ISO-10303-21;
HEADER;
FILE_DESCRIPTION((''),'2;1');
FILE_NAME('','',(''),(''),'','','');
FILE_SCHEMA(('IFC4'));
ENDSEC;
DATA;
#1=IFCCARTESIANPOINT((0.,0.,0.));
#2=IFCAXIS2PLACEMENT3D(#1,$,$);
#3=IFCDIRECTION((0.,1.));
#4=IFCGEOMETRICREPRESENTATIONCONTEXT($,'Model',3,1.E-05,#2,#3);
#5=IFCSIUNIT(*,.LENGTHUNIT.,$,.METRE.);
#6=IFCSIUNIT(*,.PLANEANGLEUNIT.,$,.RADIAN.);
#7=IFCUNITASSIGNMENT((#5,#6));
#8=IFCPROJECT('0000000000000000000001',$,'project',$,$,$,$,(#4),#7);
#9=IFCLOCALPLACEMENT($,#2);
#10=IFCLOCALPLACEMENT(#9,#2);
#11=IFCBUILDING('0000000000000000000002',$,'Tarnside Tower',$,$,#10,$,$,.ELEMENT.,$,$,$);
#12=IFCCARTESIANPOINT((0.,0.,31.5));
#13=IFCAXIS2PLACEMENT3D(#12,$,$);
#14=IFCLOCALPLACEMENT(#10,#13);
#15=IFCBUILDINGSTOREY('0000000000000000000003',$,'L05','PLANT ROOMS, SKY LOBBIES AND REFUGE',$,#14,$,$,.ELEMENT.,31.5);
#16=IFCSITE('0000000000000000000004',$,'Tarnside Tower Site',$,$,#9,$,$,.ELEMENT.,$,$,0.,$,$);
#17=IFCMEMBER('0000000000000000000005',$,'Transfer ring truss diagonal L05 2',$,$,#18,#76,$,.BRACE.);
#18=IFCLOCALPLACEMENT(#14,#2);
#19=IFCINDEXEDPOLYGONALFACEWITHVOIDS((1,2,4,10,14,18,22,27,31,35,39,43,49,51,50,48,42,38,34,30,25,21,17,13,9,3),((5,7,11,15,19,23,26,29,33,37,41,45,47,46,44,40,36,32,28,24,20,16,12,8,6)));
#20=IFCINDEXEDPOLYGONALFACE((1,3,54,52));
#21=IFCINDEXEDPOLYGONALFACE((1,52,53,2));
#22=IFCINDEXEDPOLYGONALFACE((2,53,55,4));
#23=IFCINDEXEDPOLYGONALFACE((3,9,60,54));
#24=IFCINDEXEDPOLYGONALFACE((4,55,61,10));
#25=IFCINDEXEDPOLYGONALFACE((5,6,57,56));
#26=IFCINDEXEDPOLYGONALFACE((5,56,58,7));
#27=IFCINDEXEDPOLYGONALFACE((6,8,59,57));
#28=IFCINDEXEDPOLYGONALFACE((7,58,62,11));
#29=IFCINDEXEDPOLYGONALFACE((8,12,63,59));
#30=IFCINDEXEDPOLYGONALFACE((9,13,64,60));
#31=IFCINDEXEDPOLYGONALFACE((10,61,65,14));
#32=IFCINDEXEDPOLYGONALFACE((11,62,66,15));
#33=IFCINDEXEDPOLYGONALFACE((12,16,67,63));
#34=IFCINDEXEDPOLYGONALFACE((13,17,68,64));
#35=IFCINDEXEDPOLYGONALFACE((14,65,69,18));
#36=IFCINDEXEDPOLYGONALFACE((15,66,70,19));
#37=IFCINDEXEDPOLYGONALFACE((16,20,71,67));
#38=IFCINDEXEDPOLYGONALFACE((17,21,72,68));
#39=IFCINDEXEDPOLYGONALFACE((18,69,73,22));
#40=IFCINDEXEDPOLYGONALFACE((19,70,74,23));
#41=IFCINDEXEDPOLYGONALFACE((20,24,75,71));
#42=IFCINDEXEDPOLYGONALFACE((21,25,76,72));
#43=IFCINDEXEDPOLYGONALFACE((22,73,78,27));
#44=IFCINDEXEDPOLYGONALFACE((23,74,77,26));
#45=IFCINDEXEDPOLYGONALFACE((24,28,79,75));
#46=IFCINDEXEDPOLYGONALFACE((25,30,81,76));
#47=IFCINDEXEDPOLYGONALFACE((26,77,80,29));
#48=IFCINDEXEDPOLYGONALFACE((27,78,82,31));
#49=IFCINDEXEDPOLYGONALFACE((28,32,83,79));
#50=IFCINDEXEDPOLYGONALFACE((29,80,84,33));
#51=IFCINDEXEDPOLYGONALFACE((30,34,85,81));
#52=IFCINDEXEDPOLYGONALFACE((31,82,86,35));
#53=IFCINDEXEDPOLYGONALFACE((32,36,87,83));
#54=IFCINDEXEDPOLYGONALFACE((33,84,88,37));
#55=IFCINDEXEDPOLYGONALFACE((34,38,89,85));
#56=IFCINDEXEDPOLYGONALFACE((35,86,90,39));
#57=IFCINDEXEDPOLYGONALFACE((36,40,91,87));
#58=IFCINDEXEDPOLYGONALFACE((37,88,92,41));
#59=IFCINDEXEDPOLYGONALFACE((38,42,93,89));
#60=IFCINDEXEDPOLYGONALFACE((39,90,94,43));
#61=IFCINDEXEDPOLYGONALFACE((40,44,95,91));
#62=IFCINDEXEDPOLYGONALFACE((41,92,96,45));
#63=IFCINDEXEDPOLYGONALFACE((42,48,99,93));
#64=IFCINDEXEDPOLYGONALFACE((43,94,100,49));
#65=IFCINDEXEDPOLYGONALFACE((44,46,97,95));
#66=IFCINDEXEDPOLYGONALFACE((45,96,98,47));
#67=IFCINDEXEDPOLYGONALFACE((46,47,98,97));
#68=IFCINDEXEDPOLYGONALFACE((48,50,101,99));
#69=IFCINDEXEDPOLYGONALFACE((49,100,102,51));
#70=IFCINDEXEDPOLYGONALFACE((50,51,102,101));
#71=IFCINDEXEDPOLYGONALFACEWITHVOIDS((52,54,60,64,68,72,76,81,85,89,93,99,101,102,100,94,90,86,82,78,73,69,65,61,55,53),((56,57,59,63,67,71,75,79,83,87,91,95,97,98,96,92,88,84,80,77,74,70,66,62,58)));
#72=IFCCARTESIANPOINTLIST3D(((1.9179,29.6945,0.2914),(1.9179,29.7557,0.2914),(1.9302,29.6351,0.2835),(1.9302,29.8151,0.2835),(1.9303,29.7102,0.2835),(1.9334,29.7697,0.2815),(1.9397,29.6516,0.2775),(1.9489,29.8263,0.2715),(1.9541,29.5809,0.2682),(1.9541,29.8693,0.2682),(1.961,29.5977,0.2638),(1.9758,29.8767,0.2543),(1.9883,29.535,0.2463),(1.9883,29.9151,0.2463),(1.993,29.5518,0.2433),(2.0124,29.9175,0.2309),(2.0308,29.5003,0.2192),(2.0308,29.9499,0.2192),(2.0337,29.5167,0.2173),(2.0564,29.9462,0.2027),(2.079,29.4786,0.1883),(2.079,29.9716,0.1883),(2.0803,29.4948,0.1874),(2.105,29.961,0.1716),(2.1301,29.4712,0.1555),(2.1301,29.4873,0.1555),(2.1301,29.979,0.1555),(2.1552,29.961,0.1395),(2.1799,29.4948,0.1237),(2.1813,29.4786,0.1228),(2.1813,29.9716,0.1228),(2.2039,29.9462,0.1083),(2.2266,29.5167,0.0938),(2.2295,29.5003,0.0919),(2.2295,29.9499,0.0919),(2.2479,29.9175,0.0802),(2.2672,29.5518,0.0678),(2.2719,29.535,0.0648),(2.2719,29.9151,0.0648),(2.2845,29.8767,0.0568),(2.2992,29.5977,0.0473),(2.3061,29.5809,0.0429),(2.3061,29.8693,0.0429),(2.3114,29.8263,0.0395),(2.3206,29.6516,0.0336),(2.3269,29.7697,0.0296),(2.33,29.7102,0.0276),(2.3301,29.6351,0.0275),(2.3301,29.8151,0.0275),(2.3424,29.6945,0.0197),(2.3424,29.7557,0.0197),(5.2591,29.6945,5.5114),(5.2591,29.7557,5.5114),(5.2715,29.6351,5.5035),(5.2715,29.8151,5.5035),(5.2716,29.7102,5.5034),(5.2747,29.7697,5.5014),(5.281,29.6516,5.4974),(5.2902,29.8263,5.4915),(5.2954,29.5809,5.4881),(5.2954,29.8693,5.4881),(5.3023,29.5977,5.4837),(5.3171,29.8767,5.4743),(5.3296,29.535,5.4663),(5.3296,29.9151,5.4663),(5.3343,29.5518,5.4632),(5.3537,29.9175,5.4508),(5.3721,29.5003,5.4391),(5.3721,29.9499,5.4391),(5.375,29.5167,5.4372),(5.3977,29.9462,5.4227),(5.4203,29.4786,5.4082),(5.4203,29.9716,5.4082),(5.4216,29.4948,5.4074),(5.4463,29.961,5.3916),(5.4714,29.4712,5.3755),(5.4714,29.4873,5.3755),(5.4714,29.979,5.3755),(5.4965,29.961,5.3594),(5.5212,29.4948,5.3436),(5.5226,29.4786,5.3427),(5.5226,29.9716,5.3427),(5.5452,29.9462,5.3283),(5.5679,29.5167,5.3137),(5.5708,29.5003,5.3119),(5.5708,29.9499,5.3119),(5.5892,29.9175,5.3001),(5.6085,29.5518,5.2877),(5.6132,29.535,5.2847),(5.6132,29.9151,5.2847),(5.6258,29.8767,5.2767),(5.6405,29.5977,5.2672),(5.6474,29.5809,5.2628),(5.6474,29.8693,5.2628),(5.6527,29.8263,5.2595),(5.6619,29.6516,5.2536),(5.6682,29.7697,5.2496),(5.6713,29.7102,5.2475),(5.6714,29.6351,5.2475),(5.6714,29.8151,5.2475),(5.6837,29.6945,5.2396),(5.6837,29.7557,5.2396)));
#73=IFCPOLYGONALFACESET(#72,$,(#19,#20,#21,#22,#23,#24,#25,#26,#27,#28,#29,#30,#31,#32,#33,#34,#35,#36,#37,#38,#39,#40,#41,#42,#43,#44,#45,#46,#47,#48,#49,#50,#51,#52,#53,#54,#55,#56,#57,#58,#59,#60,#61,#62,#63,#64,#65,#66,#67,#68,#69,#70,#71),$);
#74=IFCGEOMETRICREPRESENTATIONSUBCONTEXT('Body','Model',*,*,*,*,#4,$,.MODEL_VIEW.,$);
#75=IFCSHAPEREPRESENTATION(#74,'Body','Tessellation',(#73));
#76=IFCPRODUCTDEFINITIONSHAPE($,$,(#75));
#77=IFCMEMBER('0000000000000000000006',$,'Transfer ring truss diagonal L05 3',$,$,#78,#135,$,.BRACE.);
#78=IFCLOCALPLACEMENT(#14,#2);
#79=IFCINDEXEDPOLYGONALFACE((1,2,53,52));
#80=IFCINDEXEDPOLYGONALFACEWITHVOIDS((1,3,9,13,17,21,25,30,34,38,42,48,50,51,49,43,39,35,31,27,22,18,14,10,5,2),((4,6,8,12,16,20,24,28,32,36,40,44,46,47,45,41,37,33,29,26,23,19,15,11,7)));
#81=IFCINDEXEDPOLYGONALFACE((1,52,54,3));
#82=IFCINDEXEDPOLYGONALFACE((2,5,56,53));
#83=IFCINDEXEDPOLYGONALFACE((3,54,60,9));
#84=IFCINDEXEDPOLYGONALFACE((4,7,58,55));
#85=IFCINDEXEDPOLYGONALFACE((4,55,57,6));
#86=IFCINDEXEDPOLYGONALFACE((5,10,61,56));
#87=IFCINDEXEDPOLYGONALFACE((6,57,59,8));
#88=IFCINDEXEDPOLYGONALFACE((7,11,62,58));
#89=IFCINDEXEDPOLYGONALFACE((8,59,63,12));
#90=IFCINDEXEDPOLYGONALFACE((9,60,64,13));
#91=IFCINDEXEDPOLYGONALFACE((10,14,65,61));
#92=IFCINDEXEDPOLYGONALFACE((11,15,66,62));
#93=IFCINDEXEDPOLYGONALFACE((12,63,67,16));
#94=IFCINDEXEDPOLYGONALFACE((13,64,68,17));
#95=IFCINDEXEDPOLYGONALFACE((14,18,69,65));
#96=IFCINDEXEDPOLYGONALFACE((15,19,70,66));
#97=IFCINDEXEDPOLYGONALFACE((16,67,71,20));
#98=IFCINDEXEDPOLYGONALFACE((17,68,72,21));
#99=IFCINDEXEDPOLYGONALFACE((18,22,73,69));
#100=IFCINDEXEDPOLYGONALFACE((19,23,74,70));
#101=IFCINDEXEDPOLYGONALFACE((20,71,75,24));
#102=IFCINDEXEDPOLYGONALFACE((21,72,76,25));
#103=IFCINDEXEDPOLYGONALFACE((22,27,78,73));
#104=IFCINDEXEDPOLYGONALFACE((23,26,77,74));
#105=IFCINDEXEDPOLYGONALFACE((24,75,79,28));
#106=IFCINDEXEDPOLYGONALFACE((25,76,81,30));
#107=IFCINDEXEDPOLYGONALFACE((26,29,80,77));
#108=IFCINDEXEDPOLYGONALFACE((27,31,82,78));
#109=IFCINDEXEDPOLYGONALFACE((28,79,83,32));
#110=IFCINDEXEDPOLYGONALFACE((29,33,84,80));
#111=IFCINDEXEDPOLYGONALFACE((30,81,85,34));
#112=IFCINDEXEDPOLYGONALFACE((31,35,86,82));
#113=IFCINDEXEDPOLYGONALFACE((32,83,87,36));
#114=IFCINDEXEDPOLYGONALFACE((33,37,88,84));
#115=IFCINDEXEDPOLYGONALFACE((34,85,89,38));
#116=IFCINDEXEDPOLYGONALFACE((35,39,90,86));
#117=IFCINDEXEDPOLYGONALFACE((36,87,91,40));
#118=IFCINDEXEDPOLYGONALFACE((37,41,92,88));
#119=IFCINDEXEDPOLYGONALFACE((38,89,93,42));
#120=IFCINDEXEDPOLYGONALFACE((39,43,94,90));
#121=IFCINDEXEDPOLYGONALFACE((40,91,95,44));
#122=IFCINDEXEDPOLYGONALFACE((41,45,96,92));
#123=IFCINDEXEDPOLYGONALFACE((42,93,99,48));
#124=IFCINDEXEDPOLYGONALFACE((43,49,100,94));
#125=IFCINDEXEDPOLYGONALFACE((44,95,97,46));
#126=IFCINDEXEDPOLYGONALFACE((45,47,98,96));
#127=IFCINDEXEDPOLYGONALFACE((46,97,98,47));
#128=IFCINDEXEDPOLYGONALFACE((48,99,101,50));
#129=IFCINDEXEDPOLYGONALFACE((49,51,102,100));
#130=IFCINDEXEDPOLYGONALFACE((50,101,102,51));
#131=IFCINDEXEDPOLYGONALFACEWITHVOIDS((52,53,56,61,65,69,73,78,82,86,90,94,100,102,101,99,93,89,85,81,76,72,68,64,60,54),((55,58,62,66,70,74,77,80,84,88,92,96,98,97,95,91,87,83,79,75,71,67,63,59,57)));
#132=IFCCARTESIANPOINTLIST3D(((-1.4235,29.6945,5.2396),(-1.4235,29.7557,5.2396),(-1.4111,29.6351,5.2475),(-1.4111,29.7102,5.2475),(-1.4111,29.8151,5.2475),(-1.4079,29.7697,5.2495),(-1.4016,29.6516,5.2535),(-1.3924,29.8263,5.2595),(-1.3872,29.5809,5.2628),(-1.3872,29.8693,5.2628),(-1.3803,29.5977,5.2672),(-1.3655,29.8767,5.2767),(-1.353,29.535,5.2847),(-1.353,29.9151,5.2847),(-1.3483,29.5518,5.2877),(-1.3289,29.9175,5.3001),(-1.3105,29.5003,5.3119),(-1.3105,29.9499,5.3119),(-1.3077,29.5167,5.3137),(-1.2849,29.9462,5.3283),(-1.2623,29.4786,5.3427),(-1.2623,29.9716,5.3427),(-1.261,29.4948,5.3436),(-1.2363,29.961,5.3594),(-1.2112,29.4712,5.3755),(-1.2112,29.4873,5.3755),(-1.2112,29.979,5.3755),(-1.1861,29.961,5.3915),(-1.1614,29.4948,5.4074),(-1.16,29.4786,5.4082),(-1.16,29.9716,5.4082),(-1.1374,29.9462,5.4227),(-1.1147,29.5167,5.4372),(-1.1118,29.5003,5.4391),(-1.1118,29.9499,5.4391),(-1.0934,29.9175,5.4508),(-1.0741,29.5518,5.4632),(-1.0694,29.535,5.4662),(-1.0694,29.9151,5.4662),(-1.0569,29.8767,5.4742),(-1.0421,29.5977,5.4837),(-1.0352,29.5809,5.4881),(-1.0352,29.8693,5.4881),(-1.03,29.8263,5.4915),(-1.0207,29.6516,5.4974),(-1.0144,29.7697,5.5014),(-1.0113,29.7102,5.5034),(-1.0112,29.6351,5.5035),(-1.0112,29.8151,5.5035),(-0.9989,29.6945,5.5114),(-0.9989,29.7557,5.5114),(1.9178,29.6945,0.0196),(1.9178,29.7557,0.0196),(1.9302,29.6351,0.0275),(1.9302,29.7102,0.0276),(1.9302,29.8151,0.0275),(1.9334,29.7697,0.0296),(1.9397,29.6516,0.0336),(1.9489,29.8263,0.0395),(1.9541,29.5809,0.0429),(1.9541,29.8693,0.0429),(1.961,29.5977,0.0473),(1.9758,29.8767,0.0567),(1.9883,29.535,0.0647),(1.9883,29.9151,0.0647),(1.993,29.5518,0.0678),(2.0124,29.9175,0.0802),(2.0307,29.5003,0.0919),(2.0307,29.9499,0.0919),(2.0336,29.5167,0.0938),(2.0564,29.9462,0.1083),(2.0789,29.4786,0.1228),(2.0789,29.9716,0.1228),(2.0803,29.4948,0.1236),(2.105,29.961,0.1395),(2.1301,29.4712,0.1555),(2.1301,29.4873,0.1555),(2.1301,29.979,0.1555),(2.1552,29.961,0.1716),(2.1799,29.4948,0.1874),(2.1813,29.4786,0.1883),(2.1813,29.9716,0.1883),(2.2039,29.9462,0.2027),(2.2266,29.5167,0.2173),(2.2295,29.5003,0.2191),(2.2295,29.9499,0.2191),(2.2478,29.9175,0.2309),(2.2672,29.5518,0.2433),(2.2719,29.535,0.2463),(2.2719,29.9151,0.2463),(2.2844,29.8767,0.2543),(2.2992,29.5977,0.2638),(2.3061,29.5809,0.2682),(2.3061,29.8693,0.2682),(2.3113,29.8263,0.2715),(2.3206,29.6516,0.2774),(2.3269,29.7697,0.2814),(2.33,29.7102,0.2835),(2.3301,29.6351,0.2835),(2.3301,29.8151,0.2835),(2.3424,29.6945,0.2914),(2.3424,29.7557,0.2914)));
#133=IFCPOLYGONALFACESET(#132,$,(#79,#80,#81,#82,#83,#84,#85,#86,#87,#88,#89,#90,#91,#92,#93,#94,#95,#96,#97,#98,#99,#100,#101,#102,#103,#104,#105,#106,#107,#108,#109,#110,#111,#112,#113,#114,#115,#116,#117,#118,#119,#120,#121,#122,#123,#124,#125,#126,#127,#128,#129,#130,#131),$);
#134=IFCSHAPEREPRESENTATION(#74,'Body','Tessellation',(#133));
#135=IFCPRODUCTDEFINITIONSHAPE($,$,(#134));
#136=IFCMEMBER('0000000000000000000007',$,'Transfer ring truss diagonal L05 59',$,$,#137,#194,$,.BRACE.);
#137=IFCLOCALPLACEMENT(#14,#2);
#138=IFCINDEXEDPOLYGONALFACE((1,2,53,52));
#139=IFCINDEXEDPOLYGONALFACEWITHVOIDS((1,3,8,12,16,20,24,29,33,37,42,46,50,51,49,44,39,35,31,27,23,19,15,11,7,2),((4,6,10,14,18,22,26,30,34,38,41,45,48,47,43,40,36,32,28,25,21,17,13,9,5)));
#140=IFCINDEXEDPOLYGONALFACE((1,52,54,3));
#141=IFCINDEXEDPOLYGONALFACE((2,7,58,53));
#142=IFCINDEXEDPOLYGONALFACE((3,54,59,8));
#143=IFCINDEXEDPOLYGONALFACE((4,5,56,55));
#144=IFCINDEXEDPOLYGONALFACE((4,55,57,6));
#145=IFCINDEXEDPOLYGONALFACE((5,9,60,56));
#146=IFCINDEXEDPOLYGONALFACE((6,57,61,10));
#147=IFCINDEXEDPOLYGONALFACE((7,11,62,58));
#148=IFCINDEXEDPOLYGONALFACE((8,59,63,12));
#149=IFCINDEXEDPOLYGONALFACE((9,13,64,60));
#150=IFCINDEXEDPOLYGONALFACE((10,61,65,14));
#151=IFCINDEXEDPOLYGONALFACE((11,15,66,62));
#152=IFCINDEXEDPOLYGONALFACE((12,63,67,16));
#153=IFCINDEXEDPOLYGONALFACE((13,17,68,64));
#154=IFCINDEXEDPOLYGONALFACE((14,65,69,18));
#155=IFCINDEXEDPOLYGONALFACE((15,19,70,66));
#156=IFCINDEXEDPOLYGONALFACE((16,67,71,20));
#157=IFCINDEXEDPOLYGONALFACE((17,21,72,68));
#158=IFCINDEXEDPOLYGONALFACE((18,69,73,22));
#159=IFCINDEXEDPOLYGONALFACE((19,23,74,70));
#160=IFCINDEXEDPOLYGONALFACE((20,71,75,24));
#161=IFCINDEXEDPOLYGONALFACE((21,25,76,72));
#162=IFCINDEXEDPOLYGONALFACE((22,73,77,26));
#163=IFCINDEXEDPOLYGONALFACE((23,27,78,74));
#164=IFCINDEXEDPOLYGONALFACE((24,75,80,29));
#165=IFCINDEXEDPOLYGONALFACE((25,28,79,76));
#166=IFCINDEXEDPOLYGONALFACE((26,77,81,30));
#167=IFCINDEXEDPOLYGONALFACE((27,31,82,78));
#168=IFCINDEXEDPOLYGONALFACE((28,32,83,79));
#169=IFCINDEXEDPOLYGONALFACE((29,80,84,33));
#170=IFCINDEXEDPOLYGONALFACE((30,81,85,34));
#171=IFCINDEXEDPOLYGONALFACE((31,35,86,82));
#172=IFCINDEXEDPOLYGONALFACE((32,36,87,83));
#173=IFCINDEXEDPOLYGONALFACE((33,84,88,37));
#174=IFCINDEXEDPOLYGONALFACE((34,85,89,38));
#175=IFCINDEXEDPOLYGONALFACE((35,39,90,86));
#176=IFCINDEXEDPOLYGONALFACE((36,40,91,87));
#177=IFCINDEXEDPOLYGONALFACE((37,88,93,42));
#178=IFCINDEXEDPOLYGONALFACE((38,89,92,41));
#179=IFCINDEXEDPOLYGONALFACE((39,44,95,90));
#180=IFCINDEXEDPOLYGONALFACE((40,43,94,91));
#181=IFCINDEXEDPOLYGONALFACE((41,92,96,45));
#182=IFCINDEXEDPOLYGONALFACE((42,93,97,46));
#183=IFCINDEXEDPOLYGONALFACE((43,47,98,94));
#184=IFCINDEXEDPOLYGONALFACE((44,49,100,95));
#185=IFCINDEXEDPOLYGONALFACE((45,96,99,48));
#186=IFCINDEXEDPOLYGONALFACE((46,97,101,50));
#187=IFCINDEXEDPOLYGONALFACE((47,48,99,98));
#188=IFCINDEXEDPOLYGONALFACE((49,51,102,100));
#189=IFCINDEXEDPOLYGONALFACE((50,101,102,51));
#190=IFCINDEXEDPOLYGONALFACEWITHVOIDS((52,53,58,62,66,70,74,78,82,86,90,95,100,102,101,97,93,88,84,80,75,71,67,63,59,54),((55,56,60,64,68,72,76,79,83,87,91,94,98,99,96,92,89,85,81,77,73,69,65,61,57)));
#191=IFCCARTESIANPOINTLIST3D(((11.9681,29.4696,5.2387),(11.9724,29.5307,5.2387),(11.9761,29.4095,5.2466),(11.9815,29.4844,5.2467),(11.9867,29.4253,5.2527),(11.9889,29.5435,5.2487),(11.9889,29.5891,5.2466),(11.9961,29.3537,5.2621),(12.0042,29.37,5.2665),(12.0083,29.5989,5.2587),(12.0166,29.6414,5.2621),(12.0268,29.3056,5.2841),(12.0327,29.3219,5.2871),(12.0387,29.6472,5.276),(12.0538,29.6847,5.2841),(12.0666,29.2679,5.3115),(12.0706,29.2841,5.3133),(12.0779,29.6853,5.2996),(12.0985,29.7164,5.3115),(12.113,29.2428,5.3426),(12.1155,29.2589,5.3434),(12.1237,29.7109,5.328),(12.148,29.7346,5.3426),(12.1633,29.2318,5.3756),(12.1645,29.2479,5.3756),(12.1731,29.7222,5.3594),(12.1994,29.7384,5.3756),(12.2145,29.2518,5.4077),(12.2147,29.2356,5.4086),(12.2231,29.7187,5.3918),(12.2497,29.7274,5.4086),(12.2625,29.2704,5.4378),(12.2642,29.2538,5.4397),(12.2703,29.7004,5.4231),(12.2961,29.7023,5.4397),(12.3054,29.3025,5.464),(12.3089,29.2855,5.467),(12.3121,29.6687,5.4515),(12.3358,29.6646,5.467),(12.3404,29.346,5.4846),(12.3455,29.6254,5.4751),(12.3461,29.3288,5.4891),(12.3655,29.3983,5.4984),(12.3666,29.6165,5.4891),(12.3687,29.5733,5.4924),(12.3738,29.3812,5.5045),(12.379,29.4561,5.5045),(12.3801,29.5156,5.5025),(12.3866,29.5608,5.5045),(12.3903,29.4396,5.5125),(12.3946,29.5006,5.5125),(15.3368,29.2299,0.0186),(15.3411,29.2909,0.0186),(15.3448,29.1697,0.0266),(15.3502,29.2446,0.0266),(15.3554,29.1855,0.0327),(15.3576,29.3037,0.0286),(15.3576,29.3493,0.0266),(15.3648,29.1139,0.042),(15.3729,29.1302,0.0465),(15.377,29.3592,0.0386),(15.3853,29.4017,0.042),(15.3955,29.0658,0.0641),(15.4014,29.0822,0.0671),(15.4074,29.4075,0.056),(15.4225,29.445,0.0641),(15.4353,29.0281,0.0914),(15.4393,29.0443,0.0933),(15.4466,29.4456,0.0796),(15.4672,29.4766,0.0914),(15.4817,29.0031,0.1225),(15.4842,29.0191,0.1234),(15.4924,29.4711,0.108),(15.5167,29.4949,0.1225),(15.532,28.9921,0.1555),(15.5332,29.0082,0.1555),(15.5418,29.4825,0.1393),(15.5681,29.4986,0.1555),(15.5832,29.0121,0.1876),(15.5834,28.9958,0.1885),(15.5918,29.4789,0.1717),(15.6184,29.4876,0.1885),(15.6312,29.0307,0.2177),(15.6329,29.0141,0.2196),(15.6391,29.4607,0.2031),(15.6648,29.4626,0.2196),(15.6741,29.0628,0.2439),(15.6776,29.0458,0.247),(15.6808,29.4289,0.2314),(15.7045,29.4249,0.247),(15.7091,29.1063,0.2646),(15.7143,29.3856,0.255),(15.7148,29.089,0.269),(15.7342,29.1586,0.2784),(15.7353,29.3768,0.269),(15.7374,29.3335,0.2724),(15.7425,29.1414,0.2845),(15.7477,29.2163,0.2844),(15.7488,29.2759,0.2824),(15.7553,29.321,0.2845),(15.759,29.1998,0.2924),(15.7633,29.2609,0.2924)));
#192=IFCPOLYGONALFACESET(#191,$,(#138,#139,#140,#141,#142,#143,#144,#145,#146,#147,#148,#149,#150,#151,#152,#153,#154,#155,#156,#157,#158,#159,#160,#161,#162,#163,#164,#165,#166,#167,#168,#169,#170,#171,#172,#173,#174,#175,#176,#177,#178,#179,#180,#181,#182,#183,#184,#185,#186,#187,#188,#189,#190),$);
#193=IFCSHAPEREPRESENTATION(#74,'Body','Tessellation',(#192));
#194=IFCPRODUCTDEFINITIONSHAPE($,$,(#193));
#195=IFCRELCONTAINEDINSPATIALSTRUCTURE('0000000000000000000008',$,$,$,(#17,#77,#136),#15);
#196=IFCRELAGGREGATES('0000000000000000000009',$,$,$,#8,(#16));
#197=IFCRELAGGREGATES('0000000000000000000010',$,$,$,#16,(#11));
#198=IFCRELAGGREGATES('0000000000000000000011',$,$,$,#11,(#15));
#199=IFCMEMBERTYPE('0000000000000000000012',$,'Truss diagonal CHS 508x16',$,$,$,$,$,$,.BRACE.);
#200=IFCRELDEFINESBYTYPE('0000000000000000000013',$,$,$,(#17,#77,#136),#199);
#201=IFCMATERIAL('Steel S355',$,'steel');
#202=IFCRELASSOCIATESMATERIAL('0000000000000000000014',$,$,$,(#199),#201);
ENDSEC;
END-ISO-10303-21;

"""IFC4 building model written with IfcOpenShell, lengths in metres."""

from ifc_helpers import new_model, si_unit, direction, frame, origin, origin_2d, place, context, subcontext, project, spatial, hollow_circle, extrude, material, material_profile, profile_set, type_object, element, save


model = new_model("IFC4")

# Units and contexts
model_context = context("Model", 3, precision=1e-05, world=origin(), true_north=direction((0.0, 1.0)))
body_context = subcontext(model_context, "Body", "Model", "MODEL_VIEW")
ifc_project = project(units=[si_unit("LENGTHUNIT", "METRE"), si_unit("PLANEANGLEUNIT", "RADIAN")], contexts=[model_context])

# Site, building, storey
site_placement = place(None, origin())
site = spatial("IfcSite", under=ifc_project, at=site_placement, Name="Tarnside Tower Site", CompositionType="ELEMENT", RefElevation=0.0)
building_placement = place(site_placement, origin())
building = spatial("IfcBuilding", under=site, at=building_placement, Name="Tarnside Tower", CompositionType="ELEMENT")
storey_placement = place(building_placement, frame((0.0, 0.0, 31.5)))
storey = spatial("IfcBuildingStorey", under=building, at=storey_placement, Name="L05", Description="PLANT ROOMS, SKY LOBBIES AND REFUGE", CompositionType="ELEMENT", Elevation=31.5)

# Shared definitions
ifc_material_1 = material(Name="Steel S355", Category="steel")

# Members
ifc_material_profile_1 = material_profile(ifc_material_1, hollow_circle(Radius=0.2539, WallThickness=0.0161, at=origin_2d()), Name="CHS 508x16")
ifc_profile_set_1 = profile_set([ifc_material_profile_1], Name="Steel S355")
member_type_1 = type_object("IfcMemberType", Name="Truss diagonal CHS 508x16", PredefinedType="BRACE", material=ifc_profile_set_1)
for number, where, z_axis, x_axis, name in (
    (1, (5.4714, 29.7251, 5.3755), (-0.539114, 0.0, -0.842233), (0.0, -1.0, 0.0), "Transfer ring truss diagonal L05 2"),
    (2, (2.1301, 29.7251, 0.1555), (-0.539114, 0.0, 0.842233), (0.0, -1.0, 0.0), "Transfer ring truss diagonal L05 3"),
):
    element("IfcMember", number, at=place(storey_placement, frame(where, z_axis=z_axis, x_axis=x_axis)), inside=storey, type_object=member_type_1, Name=name, PredefinedType="BRACE", context=body_context, shape_type="SweptSolid", body=[
        extrude(hollow_circle(Radius=0.2539, WallThickness=0.0161, at=origin_2d()), origin(), (0.0, 0.0, 1.0), 6.1978),
    ])
for number, where, z_axis, x_axis, name in (
    (3, (15.55, 29.2454, 0.1555), (-0.541829, 0.038562, 0.839604), (-0.07099, -0.997477, 0.0), "Transfer ring truss diagonal L05 59"),
):
    element("IfcMember", number, at=place(storey_placement, frame(where, z_axis=z_axis, x_axis=x_axis)), inside=storey, type_object=member_type_1, Name=name, PredefinedType="BRACE", context=body_context, shape_type="SweptSolid", body=[
        extrude(hollow_circle(Radius=0.2539, WallThickness=0.0161, at=origin_2d()), origin(), (0.0, 0.0, 1.0), 6.2173),
    ])

save(model, "model.ifc")
